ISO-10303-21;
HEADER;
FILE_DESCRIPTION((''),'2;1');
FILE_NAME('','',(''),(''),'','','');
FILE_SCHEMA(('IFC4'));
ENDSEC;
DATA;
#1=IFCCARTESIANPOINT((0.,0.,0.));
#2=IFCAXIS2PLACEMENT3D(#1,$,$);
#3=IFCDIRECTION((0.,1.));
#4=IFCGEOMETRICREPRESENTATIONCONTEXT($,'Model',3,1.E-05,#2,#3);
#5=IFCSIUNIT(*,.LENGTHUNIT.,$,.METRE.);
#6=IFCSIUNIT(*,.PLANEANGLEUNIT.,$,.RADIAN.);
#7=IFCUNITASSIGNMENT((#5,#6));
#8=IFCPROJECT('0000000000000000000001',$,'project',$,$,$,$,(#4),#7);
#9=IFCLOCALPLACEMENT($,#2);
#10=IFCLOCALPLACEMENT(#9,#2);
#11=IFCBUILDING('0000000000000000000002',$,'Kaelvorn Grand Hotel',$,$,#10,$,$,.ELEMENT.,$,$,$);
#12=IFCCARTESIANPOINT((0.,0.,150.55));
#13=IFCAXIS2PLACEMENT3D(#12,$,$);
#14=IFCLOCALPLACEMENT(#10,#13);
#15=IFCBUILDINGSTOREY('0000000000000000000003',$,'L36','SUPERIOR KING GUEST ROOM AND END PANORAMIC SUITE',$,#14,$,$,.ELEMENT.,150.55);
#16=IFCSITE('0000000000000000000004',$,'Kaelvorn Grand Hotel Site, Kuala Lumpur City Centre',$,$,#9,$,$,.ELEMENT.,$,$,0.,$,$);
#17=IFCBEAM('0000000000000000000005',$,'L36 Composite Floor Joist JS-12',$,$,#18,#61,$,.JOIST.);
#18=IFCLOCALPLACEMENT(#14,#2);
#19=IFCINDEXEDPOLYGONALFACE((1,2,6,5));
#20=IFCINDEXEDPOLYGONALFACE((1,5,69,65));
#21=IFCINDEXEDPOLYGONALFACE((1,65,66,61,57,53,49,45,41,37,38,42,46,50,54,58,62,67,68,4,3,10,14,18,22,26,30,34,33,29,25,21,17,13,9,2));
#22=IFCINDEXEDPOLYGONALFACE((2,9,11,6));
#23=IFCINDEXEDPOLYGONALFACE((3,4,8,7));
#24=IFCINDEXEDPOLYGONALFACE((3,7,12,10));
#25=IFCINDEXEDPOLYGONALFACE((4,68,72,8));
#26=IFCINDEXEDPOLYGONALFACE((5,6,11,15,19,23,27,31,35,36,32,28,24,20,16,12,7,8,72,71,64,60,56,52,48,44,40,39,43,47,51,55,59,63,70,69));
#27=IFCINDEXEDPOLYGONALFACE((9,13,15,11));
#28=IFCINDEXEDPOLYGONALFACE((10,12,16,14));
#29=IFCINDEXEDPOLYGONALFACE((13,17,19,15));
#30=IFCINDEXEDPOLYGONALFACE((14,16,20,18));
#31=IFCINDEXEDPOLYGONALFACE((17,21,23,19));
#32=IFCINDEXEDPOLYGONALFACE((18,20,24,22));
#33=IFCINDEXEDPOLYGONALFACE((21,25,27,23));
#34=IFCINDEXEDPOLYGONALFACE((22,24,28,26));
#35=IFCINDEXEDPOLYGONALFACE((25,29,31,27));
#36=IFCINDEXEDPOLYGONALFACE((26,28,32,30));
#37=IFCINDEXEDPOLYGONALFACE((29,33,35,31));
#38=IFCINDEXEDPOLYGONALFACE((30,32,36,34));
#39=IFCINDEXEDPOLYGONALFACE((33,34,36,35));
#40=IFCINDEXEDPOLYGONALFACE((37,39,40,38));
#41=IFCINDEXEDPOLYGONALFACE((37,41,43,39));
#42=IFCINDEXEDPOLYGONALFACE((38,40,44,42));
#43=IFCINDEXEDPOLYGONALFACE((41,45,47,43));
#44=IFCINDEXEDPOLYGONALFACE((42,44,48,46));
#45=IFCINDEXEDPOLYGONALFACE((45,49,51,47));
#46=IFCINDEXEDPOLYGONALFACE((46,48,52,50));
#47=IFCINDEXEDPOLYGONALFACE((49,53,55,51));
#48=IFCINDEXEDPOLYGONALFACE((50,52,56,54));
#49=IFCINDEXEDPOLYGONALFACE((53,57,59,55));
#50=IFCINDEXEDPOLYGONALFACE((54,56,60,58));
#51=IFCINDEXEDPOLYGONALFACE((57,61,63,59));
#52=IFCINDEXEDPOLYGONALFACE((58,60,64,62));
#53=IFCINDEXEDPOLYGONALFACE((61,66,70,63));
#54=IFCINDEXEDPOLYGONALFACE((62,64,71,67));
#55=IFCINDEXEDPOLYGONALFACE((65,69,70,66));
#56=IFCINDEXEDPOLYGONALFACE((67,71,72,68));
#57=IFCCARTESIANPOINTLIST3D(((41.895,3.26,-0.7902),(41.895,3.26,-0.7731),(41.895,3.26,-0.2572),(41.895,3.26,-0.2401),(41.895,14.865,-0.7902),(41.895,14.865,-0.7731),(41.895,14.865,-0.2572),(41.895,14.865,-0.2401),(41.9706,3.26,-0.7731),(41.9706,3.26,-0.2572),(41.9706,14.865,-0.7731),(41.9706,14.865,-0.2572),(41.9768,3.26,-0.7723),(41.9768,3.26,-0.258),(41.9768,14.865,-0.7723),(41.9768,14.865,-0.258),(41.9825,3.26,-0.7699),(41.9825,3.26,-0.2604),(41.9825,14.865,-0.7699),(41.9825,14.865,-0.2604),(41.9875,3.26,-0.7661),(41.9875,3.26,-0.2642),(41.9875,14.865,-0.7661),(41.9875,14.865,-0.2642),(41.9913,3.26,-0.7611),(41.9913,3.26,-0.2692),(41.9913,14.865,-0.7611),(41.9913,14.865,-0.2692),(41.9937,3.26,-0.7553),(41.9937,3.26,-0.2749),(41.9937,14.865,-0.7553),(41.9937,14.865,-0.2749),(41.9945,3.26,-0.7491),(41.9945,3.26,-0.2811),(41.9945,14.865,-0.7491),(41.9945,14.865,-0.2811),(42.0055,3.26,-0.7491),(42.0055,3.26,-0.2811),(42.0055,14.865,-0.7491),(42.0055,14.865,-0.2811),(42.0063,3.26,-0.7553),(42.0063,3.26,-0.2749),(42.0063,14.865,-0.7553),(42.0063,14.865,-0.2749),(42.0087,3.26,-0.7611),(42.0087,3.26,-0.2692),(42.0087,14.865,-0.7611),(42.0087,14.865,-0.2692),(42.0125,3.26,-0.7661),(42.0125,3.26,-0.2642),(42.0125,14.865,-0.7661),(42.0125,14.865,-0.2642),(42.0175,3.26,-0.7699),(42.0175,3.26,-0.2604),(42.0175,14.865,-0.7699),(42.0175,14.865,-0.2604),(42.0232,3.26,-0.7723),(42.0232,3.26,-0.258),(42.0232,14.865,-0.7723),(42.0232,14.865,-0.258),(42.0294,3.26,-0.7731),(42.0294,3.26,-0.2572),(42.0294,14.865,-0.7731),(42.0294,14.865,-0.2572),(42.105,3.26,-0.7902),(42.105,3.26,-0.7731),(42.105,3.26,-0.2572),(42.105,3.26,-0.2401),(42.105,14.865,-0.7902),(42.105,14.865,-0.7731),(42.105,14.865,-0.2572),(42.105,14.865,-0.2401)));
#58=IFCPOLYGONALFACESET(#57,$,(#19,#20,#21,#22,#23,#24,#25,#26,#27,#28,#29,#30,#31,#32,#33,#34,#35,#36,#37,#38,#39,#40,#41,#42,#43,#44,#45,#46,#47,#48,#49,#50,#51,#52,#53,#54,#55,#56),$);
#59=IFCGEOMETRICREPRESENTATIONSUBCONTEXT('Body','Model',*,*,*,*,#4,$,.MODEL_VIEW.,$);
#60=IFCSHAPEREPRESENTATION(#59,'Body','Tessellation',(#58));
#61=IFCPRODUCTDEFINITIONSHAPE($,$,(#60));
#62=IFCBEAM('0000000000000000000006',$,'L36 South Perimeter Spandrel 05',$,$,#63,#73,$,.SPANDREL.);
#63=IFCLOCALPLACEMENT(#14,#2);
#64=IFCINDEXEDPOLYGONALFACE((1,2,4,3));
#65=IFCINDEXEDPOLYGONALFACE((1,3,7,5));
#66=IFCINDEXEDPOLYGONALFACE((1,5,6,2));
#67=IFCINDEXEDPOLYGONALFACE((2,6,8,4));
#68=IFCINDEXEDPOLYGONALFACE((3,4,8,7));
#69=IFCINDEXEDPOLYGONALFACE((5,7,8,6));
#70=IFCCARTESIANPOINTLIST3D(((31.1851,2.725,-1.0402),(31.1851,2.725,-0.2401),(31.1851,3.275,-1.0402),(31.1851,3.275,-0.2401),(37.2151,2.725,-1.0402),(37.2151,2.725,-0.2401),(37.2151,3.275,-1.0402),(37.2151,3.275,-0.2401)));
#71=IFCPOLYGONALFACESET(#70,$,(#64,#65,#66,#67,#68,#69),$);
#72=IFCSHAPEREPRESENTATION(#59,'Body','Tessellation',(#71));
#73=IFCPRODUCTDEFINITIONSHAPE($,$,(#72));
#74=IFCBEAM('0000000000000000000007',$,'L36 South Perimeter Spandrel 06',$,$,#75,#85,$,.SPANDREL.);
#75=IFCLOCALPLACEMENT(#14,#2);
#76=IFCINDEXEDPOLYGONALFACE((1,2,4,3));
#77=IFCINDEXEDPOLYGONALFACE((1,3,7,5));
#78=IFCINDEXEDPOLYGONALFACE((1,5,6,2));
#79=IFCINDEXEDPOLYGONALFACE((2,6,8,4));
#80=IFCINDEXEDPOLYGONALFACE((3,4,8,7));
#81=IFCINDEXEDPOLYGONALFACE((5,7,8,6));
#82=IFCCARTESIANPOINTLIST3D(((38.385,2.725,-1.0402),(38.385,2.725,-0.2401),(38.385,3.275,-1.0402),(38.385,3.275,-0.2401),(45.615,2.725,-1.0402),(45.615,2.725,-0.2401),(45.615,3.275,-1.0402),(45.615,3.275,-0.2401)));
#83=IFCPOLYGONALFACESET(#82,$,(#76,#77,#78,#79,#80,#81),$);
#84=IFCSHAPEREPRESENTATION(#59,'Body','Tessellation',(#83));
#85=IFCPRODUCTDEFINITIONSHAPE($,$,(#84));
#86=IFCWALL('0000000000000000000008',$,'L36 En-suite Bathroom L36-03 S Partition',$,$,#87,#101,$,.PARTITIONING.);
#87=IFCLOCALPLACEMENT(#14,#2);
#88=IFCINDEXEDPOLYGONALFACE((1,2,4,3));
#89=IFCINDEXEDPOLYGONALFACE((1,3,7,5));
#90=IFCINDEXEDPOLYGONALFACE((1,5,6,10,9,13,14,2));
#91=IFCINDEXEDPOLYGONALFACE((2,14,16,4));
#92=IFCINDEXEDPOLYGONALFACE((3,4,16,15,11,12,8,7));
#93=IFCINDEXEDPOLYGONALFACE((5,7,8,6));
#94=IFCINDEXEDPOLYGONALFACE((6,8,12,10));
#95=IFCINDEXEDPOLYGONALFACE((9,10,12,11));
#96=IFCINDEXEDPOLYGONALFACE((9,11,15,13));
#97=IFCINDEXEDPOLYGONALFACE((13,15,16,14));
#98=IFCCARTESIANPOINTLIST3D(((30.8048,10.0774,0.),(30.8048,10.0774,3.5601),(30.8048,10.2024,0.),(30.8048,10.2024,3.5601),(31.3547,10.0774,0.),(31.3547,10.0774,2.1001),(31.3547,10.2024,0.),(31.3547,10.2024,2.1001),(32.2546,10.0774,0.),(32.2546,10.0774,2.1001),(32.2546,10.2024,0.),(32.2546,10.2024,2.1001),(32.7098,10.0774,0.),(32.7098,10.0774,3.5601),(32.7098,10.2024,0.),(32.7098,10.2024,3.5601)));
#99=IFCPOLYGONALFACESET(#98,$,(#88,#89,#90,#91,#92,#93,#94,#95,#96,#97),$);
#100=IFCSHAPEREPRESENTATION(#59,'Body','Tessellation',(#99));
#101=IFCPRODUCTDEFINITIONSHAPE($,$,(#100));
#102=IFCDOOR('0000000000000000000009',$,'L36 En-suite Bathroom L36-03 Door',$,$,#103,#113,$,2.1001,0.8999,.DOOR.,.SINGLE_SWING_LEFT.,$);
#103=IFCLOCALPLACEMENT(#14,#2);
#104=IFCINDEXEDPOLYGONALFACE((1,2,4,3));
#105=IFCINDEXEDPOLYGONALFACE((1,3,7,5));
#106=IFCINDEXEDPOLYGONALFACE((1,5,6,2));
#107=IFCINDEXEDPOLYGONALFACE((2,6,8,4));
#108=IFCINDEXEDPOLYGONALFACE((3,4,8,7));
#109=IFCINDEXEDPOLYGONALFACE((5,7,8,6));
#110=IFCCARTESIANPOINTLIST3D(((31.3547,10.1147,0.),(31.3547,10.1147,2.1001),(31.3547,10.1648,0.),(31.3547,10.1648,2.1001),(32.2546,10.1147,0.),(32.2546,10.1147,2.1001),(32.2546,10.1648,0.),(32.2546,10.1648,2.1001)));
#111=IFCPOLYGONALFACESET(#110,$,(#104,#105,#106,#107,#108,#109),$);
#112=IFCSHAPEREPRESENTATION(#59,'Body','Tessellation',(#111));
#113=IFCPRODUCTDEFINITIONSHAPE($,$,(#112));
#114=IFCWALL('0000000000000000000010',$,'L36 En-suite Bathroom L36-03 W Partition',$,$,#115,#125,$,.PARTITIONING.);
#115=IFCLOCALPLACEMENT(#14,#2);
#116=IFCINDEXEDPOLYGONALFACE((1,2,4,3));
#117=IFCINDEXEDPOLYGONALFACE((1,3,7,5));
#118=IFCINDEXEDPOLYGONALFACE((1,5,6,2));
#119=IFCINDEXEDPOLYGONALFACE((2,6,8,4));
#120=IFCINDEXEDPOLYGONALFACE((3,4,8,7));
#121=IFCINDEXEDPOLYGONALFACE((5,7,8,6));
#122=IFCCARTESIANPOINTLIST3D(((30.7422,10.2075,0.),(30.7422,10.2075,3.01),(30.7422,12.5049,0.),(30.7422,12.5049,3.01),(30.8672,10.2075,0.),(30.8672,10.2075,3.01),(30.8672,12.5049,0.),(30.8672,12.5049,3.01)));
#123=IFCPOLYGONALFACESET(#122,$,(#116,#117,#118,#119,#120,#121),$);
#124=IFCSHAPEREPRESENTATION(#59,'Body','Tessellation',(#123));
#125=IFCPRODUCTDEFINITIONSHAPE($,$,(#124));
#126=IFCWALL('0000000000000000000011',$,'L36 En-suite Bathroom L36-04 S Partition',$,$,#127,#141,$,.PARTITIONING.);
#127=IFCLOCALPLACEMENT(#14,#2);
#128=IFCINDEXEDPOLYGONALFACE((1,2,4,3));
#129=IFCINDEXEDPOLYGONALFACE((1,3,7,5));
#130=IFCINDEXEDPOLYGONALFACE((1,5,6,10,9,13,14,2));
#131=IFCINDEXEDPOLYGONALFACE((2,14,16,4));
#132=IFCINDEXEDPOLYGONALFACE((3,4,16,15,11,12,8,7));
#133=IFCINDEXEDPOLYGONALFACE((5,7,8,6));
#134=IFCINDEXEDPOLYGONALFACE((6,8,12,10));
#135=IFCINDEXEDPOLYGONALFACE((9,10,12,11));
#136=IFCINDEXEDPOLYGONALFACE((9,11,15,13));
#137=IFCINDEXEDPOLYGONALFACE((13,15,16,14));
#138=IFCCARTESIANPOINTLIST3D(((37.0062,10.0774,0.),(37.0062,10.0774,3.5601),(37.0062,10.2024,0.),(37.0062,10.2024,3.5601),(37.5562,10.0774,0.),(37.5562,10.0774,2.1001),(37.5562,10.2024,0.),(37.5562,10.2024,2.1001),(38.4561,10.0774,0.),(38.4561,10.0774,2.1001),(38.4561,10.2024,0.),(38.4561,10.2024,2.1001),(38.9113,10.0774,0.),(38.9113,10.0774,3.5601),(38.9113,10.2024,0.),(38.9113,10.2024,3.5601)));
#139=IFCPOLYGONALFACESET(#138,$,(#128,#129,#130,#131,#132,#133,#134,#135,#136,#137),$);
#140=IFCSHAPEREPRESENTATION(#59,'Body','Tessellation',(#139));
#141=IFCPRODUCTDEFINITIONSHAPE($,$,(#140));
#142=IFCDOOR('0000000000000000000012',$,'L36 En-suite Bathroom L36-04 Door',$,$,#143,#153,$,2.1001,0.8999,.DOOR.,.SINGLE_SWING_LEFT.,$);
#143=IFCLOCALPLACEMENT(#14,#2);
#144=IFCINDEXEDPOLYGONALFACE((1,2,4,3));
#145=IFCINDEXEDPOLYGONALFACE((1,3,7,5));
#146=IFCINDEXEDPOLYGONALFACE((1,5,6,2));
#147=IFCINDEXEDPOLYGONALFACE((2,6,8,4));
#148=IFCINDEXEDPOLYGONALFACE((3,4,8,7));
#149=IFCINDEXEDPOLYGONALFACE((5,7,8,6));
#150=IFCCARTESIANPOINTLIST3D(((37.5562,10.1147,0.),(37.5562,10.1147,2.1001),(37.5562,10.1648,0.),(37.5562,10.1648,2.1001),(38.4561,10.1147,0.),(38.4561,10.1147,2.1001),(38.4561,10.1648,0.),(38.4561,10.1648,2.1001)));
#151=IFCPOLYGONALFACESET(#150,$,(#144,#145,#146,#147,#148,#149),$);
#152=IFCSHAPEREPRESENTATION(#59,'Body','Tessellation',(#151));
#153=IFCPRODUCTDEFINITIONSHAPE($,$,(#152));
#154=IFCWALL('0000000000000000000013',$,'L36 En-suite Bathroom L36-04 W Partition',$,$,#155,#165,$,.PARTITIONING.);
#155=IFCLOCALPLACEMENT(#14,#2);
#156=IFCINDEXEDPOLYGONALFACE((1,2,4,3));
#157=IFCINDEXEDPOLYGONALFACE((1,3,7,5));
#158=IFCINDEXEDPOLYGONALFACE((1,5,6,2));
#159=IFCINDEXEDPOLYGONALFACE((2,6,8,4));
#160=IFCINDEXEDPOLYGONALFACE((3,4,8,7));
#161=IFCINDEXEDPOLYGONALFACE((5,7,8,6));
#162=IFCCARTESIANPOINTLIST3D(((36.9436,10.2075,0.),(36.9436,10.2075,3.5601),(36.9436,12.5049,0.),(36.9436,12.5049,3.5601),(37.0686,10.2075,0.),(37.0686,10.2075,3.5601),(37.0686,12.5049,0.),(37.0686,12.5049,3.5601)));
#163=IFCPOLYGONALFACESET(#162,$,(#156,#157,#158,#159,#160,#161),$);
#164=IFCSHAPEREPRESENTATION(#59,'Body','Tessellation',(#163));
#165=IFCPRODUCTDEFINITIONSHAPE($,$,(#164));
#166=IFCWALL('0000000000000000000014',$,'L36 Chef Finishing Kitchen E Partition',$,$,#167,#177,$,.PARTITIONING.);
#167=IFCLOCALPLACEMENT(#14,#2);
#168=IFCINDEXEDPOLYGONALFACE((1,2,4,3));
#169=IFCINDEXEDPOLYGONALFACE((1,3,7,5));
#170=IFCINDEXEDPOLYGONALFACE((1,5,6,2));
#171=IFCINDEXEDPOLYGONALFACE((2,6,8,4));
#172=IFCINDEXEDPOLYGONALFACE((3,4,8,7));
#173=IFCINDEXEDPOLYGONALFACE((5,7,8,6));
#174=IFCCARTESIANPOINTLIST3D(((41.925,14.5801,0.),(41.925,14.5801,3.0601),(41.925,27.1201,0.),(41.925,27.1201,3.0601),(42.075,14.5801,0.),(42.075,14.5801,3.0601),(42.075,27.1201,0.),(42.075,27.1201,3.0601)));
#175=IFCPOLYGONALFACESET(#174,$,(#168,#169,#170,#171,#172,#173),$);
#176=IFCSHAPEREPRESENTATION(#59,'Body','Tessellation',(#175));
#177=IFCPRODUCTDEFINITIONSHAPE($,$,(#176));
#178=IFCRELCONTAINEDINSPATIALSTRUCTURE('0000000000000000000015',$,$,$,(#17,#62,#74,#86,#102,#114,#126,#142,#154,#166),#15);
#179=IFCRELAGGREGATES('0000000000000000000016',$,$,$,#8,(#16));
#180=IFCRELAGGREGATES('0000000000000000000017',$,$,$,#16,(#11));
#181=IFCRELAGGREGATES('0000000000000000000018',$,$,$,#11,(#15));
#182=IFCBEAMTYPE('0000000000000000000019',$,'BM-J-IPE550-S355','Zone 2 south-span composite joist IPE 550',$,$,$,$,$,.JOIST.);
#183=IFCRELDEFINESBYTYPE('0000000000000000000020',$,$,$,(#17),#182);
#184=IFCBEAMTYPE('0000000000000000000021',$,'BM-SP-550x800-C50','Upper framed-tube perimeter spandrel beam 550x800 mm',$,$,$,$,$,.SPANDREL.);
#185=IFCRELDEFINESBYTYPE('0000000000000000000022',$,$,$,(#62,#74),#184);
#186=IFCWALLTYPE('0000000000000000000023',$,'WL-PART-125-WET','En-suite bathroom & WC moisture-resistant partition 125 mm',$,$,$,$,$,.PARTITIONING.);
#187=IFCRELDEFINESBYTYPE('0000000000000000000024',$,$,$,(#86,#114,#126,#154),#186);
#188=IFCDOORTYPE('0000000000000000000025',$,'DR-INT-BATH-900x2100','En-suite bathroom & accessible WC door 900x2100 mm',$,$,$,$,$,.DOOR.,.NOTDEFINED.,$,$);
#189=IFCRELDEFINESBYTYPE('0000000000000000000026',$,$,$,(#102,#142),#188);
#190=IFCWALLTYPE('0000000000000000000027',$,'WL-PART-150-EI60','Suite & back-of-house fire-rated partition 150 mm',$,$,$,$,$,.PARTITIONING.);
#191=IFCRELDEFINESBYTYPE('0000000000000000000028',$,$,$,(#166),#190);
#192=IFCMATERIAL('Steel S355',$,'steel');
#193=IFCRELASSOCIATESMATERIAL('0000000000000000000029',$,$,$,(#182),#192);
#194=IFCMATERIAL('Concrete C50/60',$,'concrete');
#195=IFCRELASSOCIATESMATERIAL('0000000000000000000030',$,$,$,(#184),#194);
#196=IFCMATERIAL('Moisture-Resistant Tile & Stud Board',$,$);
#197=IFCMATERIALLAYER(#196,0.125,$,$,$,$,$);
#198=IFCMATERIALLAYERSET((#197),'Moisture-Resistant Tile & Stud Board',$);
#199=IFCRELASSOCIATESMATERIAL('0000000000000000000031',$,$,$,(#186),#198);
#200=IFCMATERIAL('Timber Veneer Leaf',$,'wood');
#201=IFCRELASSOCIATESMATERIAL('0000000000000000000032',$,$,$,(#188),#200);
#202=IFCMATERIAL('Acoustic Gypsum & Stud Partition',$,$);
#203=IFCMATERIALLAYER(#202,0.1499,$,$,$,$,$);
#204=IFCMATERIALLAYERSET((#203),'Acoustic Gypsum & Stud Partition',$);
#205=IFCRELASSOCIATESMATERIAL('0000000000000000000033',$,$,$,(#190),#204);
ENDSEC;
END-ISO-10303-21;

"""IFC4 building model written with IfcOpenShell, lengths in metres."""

from ifc_helpers import new_model, si_unit, direction, frame, frame_2d, origin, origin_2d, place, context, subcontext, project, spatial, rectangle, i_section, extrude, material, layer, layer_set, material_profile, profile_set, type_object, element, fill, save


model = new_model("IFC4")

# Units and contexts
model_context = context("Model", 3, precision=1e-05, world=origin(), true_north=direction((0.0, 1.0)))
body_context = subcontext(model_context, "Body", "Model", "MODEL_VIEW")
ifc_project = project(units=[si_unit("LENGTHUNIT", "METRE"), si_unit("PLANEANGLEUNIT", "RADIAN")], contexts=[model_context])

# Site, building, storey
site_placement = place(None, origin())
site = spatial("IfcSite", under=ifc_project, at=site_placement, Name="Kaelvorn Grand Hotel Site, Kuala Lumpur City Centre", CompositionType="ELEMENT", RefElevation=0.0)
building_placement = place(site_placement, origin())
building = spatial("IfcBuilding", under=site, at=building_placement, Name="Kaelvorn Grand Hotel", CompositionType="ELEMENT")
storey_placement = place(building_placement, frame((0.0, 0.0, 150.55)))
storey = spatial("IfcBuildingStorey", under=building, at=storey_placement, Name="L36", Description="SUPERIOR KING GUEST ROOM AND END PANORAMIC SUITE", CompositionType="ELEMENT", Elevation=150.55)

# Beams
ifc_material_1 = material(Name="Steel S355", Category="steel")
ifc_material_profile_1 = material_profile(ifc_material_1, i_section(OverallWidth=0.21, OverallDepth=0.55, WebThickness=0.011, FlangeThickness=0.0171, FilletRadius=0.0239, at=origin_2d()), Name="IPE 550")
ifc_profile_set_1 = profile_set([ifc_material_profile_1], Name="Steel S355")
beam_type_1 = type_object("IfcBeamType", Name="BM-J-IPE550-S355", Description="Zone 2 south-span composite joist IPE 550", PredefinedType="JOIST", material=ifc_profile_set_1)
beam_1_placement = place(storey_placement, frame((42.0, 3.26, -0.5151), z_axis=(0.0, 1.0, 0.0), x_axis=(-1.0, 0.0, 0.0)))
element("IfcBeam", 1, at=beam_1_placement, inside=storey, type_object=beam_type_1, Name="L36 Composite Floor Joist JS-12", PredefinedType="JOIST", context=body_context, shape_type="SweptSolid", body=[
    extrude(i_section(OverallWidth=0.21, OverallDepth=0.55, WebThickness=0.011, FlangeThickness=0.0171, FilletRadius=0.0239, at=origin_2d()), origin(), (0.0, 0.0, 1.0), 11.605),
])
ifc_material_2 = material(Name="Concrete C50/60", Category="concrete")
ifc_material_profile_2 = material_profile(ifc_material_2, rectangle(XDim=0.55, YDim=0.8, at=origin_2d()), Name="RC SPANDREL 550x800")
ifc_profile_set_2 = profile_set([ifc_material_profile_2], Name="Concrete C50/60")
beam_type_2 = type_object("IfcBeamType", Name="BM-SP-550x800-C50", Description="Upper framed-tube perimeter spandrel beam 550x800 mm", PredefinedType="SPANDREL", material=ifc_profile_set_2)
beam_2_placement = place(storey_placement, frame((31.1851, 3.0, -0.6401), z_axis=(1.0, 0.0, 0.0), x_axis=(0.0, 1.0, 0.0)))
element("IfcBeam", 2, at=beam_2_placement, inside=storey, type_object=beam_type_2, Name="L36 South Perimeter Spandrel 05", PredefinedType="SPANDREL", context=body_context, shape_type="SweptSolid", body=[
    extrude(rectangle(XDim=0.55, YDim=0.8, at=origin_2d()), origin(), (0.0, 0.0, 1.0), 6.03),
])
beam_3_placement = place(storey_placement, frame((38.385, 3.0, -0.6401), z_axis=(1.0, 0.0, 0.0), x_axis=(0.0, 1.0, 0.0)))
element("IfcBeam", 3, at=beam_3_placement, inside=storey, type_object=beam_type_2, Name="L36 South Perimeter Spandrel 06", PredefinedType="SPANDREL", context=body_context, shape_type="SweptSolid", body=[
    extrude(rectangle(XDim=0.55, YDim=0.8, at=origin_2d()), origin(), (0.0, 0.0, 1.0), 7.23),
])

# Wall, opening, door
ifc_material_3 = material(Name="Moisture-Resistant Tile & Stud Board")
ifc_layer_1 = layer(ifc_material_3, 0.125)
ifc_layer_set_1 = layer_set([ifc_layer_1], Name="Moisture-Resistant Tile & Stud Board")
wall_type_1 = type_object("IfcWallType", Name="WL-PART-125-WET", Description="En-suite bathroom & WC moisture-resistant partition 125 mm", PredefinedType="PARTITIONING", material=ifc_layer_set_1)
wall_1_placement = place(storey_placement, frame((30.8047, 10.1399, 0.0), z_axis=(0.0, 0.0, 1.0), x_axis=(1.0, 0.0, 0.0)))
wall_1 = element("IfcWall", 4, at=wall_1_placement, inside=storey, type_object=wall_type_1, Name="L36 En-suite Bathroom L36-03 S Partition", PredefinedType="PARTITIONING", context=body_context, shape_type="SweptSolid", body=[
    extrude(rectangle(XDim=1.905, YDim=0.125, at=frame_2d((0.9526, 0.0))), origin(), (0.0, 0.0, 1.0), 3.5601),
])
opening_1_placement = place(wall_1_placement, frame((0.55, 0.0, 0.0)))
opening_1 = element("IfcOpeningElement", 5, at=opening_1_placement, cuts=wall_1, PredefinedType="OPENING", context=body_context, shape_type="SweptSolid", body=[
    extrude(rectangle(XDim=0.8999, YDim=2.1001, at=frame_2d((0.45, 1.05))), frame((0.0, 0.0725, 0.0), z_axis=(0.0, -1.0, 0.0), x_axis=(1.0, 0.0, 0.0)), (0.0, 0.0, 1.0), 0.145),
])
ifc_material_4 = material(Name="Timber Veneer Leaf", Category="wood")
door_type_1 = type_object("IfcDoorType", Name="DR-INT-BATH-900x2100", Description="En-suite bathroom & accessible WC door 900x2100 mm", OperationType="NOTDEFINED", PredefinedType="DOOR", material=ifc_material_4)
door_1_placement = place(opening_1_placement, origin())
door_1 = element("IfcDoor", 6, at=door_1_placement, inside=storey, type_object=door_type_1, Name="L36 En-suite Bathroom L36-03 Door", OperationType="SINGLE_SWING_LEFT", OverallHeight=2.1001, OverallWidth=0.8999, PredefinedType="DOOR", context=body_context, shape_type="SweptSolid", body=[
    extrude(rectangle(XDim=0.8999, YDim=2.1001, at=frame_2d((0.45, 1.05))), frame((0.0, 0.0249, 0.0), z_axis=(0.0, -1.0, 0.0), x_axis=(1.0, 0.0, 0.0)), (0.0, 0.0, 1.0), 0.05),
])
fill(opening_1, door_1)

# Wall
wall_2_placement = place(storey_placement, frame((30.8047, 10.2075, 0.0), z_axis=(0.0, 0.0, 1.0), x_axis=(0.0, 1.0, 0.0)))
element("IfcWall", 7, at=wall_2_placement, inside=storey, type_object=wall_type_1, Name="L36 En-suite Bathroom L36-03 W Partition", PredefinedType="PARTITIONING", context=body_context, shape_type="SweptSolid", body=[
    extrude(rectangle(XDim=2.2974, YDim=0.125, at=frame_2d((1.1487, 0.0))), origin(), (0.0, 0.0, 1.0), 3.01),
])

# Wall, opening, door
wall_3_placement = place(storey_placement, frame((37.0061, 10.1399, 0.0), z_axis=(0.0, 0.0, 1.0), x_axis=(1.0, 0.0, 0.0)))
wall_3 = element("IfcWall", 8, at=wall_3_placement, inside=storey, type_object=wall_type_1, Name="L36 En-suite Bathroom L36-04 S Partition", PredefinedType="PARTITIONING", context=body_context, shape_type="SweptSolid", body=[
    extrude(rectangle(XDim=1.905, YDim=0.125, at=frame_2d((0.9526, 0.0))), origin(), (0.0, 0.0, 1.0), 3.5601),
])
opening_2_placement = place(wall_3_placement, frame((0.55, 0.0, 0.0)))
opening_2 = element("IfcOpeningElement", 9, at=opening_2_placement, cuts=wall_3, PredefinedType="OPENING", context=body_context, shape_type="SweptSolid", body=[
    extrude(rectangle(XDim=0.8999, YDim=2.1001, at=frame_2d((0.45, 1.05))), frame((0.0, 0.0725, 0.0), z_axis=(0.0, -1.0, 0.0), x_axis=(1.0, 0.0, 0.0)), (0.0, 0.0, 1.0), 0.145),
])
door_2_placement = place(opening_2_placement, origin())
door_2 = element("IfcDoor", 10, at=door_2_placement, inside=storey, type_object=door_type_1, Name="L36 En-suite Bathroom L36-04 Door", OperationType="SINGLE_SWING_LEFT", OverallHeight=2.1001, OverallWidth=0.8999, PredefinedType="DOOR", context=body_context, shape_type="SweptSolid", body=[
    extrude(rectangle(XDim=0.8999, YDim=2.1001, at=frame_2d((0.45, 1.05))), frame((0.0, 0.0249, 0.0), z_axis=(0.0, -1.0, 0.0), x_axis=(1.0, 0.0, 0.0)), (0.0, 0.0, 1.0), 0.05),
])
fill(opening_2, door_2)

# Walls
wall_4_placement = place(storey_placement, frame((37.0061, 10.2075, 0.0), z_axis=(0.0, 0.0, 1.0), x_axis=(0.0, 1.0, 0.0)))
element("IfcWall", 11, at=wall_4_placement, inside=storey, type_object=wall_type_1, Name="L36 En-suite Bathroom L36-04 W Partition", PredefinedType="PARTITIONING", context=body_context, shape_type="SweptSolid", body=[
    extrude(rectangle(XDim=2.2974, YDim=0.125, at=frame_2d((1.1487, 0.0))), origin(), (0.0, 0.0, 1.0), 3.5601),
])
ifc_material_5 = material(Name="Acoustic Gypsum & Stud Partition")
ifc_layer_2 = layer(ifc_material_5, 0.1499)
ifc_layer_set_2 = layer_set([ifc_layer_2], Name="Acoustic Gypsum & Stud Partition")
wall_type_2 = type_object("IfcWallType", Name="WL-PART-150-EI60", Description="Suite & back-of-house fire-rated partition 150 mm", PredefinedType="PARTITIONING", material=ifc_layer_set_2)
wall_5_placement = place(storey_placement, frame((42.0, 14.5801, 0.0), z_axis=(0.0, 0.0, 1.0), x_axis=(0.0, 1.0, 0.0)))
element("IfcWall", 12, at=wall_5_placement, inside=storey, type_object=wall_type_2, Name="L36 Chef Finishing Kitchen E Partition", PredefinedType="PARTITIONING", context=body_context, shape_type="SweptSolid", body=[
    extrude(rectangle(XDim=12.54, YDim=0.1499, at=frame_2d((6.27, 0.0))), origin(), (0.0, 0.0, 1.0), 3.0601),
])

save(model, "model.ifc")
